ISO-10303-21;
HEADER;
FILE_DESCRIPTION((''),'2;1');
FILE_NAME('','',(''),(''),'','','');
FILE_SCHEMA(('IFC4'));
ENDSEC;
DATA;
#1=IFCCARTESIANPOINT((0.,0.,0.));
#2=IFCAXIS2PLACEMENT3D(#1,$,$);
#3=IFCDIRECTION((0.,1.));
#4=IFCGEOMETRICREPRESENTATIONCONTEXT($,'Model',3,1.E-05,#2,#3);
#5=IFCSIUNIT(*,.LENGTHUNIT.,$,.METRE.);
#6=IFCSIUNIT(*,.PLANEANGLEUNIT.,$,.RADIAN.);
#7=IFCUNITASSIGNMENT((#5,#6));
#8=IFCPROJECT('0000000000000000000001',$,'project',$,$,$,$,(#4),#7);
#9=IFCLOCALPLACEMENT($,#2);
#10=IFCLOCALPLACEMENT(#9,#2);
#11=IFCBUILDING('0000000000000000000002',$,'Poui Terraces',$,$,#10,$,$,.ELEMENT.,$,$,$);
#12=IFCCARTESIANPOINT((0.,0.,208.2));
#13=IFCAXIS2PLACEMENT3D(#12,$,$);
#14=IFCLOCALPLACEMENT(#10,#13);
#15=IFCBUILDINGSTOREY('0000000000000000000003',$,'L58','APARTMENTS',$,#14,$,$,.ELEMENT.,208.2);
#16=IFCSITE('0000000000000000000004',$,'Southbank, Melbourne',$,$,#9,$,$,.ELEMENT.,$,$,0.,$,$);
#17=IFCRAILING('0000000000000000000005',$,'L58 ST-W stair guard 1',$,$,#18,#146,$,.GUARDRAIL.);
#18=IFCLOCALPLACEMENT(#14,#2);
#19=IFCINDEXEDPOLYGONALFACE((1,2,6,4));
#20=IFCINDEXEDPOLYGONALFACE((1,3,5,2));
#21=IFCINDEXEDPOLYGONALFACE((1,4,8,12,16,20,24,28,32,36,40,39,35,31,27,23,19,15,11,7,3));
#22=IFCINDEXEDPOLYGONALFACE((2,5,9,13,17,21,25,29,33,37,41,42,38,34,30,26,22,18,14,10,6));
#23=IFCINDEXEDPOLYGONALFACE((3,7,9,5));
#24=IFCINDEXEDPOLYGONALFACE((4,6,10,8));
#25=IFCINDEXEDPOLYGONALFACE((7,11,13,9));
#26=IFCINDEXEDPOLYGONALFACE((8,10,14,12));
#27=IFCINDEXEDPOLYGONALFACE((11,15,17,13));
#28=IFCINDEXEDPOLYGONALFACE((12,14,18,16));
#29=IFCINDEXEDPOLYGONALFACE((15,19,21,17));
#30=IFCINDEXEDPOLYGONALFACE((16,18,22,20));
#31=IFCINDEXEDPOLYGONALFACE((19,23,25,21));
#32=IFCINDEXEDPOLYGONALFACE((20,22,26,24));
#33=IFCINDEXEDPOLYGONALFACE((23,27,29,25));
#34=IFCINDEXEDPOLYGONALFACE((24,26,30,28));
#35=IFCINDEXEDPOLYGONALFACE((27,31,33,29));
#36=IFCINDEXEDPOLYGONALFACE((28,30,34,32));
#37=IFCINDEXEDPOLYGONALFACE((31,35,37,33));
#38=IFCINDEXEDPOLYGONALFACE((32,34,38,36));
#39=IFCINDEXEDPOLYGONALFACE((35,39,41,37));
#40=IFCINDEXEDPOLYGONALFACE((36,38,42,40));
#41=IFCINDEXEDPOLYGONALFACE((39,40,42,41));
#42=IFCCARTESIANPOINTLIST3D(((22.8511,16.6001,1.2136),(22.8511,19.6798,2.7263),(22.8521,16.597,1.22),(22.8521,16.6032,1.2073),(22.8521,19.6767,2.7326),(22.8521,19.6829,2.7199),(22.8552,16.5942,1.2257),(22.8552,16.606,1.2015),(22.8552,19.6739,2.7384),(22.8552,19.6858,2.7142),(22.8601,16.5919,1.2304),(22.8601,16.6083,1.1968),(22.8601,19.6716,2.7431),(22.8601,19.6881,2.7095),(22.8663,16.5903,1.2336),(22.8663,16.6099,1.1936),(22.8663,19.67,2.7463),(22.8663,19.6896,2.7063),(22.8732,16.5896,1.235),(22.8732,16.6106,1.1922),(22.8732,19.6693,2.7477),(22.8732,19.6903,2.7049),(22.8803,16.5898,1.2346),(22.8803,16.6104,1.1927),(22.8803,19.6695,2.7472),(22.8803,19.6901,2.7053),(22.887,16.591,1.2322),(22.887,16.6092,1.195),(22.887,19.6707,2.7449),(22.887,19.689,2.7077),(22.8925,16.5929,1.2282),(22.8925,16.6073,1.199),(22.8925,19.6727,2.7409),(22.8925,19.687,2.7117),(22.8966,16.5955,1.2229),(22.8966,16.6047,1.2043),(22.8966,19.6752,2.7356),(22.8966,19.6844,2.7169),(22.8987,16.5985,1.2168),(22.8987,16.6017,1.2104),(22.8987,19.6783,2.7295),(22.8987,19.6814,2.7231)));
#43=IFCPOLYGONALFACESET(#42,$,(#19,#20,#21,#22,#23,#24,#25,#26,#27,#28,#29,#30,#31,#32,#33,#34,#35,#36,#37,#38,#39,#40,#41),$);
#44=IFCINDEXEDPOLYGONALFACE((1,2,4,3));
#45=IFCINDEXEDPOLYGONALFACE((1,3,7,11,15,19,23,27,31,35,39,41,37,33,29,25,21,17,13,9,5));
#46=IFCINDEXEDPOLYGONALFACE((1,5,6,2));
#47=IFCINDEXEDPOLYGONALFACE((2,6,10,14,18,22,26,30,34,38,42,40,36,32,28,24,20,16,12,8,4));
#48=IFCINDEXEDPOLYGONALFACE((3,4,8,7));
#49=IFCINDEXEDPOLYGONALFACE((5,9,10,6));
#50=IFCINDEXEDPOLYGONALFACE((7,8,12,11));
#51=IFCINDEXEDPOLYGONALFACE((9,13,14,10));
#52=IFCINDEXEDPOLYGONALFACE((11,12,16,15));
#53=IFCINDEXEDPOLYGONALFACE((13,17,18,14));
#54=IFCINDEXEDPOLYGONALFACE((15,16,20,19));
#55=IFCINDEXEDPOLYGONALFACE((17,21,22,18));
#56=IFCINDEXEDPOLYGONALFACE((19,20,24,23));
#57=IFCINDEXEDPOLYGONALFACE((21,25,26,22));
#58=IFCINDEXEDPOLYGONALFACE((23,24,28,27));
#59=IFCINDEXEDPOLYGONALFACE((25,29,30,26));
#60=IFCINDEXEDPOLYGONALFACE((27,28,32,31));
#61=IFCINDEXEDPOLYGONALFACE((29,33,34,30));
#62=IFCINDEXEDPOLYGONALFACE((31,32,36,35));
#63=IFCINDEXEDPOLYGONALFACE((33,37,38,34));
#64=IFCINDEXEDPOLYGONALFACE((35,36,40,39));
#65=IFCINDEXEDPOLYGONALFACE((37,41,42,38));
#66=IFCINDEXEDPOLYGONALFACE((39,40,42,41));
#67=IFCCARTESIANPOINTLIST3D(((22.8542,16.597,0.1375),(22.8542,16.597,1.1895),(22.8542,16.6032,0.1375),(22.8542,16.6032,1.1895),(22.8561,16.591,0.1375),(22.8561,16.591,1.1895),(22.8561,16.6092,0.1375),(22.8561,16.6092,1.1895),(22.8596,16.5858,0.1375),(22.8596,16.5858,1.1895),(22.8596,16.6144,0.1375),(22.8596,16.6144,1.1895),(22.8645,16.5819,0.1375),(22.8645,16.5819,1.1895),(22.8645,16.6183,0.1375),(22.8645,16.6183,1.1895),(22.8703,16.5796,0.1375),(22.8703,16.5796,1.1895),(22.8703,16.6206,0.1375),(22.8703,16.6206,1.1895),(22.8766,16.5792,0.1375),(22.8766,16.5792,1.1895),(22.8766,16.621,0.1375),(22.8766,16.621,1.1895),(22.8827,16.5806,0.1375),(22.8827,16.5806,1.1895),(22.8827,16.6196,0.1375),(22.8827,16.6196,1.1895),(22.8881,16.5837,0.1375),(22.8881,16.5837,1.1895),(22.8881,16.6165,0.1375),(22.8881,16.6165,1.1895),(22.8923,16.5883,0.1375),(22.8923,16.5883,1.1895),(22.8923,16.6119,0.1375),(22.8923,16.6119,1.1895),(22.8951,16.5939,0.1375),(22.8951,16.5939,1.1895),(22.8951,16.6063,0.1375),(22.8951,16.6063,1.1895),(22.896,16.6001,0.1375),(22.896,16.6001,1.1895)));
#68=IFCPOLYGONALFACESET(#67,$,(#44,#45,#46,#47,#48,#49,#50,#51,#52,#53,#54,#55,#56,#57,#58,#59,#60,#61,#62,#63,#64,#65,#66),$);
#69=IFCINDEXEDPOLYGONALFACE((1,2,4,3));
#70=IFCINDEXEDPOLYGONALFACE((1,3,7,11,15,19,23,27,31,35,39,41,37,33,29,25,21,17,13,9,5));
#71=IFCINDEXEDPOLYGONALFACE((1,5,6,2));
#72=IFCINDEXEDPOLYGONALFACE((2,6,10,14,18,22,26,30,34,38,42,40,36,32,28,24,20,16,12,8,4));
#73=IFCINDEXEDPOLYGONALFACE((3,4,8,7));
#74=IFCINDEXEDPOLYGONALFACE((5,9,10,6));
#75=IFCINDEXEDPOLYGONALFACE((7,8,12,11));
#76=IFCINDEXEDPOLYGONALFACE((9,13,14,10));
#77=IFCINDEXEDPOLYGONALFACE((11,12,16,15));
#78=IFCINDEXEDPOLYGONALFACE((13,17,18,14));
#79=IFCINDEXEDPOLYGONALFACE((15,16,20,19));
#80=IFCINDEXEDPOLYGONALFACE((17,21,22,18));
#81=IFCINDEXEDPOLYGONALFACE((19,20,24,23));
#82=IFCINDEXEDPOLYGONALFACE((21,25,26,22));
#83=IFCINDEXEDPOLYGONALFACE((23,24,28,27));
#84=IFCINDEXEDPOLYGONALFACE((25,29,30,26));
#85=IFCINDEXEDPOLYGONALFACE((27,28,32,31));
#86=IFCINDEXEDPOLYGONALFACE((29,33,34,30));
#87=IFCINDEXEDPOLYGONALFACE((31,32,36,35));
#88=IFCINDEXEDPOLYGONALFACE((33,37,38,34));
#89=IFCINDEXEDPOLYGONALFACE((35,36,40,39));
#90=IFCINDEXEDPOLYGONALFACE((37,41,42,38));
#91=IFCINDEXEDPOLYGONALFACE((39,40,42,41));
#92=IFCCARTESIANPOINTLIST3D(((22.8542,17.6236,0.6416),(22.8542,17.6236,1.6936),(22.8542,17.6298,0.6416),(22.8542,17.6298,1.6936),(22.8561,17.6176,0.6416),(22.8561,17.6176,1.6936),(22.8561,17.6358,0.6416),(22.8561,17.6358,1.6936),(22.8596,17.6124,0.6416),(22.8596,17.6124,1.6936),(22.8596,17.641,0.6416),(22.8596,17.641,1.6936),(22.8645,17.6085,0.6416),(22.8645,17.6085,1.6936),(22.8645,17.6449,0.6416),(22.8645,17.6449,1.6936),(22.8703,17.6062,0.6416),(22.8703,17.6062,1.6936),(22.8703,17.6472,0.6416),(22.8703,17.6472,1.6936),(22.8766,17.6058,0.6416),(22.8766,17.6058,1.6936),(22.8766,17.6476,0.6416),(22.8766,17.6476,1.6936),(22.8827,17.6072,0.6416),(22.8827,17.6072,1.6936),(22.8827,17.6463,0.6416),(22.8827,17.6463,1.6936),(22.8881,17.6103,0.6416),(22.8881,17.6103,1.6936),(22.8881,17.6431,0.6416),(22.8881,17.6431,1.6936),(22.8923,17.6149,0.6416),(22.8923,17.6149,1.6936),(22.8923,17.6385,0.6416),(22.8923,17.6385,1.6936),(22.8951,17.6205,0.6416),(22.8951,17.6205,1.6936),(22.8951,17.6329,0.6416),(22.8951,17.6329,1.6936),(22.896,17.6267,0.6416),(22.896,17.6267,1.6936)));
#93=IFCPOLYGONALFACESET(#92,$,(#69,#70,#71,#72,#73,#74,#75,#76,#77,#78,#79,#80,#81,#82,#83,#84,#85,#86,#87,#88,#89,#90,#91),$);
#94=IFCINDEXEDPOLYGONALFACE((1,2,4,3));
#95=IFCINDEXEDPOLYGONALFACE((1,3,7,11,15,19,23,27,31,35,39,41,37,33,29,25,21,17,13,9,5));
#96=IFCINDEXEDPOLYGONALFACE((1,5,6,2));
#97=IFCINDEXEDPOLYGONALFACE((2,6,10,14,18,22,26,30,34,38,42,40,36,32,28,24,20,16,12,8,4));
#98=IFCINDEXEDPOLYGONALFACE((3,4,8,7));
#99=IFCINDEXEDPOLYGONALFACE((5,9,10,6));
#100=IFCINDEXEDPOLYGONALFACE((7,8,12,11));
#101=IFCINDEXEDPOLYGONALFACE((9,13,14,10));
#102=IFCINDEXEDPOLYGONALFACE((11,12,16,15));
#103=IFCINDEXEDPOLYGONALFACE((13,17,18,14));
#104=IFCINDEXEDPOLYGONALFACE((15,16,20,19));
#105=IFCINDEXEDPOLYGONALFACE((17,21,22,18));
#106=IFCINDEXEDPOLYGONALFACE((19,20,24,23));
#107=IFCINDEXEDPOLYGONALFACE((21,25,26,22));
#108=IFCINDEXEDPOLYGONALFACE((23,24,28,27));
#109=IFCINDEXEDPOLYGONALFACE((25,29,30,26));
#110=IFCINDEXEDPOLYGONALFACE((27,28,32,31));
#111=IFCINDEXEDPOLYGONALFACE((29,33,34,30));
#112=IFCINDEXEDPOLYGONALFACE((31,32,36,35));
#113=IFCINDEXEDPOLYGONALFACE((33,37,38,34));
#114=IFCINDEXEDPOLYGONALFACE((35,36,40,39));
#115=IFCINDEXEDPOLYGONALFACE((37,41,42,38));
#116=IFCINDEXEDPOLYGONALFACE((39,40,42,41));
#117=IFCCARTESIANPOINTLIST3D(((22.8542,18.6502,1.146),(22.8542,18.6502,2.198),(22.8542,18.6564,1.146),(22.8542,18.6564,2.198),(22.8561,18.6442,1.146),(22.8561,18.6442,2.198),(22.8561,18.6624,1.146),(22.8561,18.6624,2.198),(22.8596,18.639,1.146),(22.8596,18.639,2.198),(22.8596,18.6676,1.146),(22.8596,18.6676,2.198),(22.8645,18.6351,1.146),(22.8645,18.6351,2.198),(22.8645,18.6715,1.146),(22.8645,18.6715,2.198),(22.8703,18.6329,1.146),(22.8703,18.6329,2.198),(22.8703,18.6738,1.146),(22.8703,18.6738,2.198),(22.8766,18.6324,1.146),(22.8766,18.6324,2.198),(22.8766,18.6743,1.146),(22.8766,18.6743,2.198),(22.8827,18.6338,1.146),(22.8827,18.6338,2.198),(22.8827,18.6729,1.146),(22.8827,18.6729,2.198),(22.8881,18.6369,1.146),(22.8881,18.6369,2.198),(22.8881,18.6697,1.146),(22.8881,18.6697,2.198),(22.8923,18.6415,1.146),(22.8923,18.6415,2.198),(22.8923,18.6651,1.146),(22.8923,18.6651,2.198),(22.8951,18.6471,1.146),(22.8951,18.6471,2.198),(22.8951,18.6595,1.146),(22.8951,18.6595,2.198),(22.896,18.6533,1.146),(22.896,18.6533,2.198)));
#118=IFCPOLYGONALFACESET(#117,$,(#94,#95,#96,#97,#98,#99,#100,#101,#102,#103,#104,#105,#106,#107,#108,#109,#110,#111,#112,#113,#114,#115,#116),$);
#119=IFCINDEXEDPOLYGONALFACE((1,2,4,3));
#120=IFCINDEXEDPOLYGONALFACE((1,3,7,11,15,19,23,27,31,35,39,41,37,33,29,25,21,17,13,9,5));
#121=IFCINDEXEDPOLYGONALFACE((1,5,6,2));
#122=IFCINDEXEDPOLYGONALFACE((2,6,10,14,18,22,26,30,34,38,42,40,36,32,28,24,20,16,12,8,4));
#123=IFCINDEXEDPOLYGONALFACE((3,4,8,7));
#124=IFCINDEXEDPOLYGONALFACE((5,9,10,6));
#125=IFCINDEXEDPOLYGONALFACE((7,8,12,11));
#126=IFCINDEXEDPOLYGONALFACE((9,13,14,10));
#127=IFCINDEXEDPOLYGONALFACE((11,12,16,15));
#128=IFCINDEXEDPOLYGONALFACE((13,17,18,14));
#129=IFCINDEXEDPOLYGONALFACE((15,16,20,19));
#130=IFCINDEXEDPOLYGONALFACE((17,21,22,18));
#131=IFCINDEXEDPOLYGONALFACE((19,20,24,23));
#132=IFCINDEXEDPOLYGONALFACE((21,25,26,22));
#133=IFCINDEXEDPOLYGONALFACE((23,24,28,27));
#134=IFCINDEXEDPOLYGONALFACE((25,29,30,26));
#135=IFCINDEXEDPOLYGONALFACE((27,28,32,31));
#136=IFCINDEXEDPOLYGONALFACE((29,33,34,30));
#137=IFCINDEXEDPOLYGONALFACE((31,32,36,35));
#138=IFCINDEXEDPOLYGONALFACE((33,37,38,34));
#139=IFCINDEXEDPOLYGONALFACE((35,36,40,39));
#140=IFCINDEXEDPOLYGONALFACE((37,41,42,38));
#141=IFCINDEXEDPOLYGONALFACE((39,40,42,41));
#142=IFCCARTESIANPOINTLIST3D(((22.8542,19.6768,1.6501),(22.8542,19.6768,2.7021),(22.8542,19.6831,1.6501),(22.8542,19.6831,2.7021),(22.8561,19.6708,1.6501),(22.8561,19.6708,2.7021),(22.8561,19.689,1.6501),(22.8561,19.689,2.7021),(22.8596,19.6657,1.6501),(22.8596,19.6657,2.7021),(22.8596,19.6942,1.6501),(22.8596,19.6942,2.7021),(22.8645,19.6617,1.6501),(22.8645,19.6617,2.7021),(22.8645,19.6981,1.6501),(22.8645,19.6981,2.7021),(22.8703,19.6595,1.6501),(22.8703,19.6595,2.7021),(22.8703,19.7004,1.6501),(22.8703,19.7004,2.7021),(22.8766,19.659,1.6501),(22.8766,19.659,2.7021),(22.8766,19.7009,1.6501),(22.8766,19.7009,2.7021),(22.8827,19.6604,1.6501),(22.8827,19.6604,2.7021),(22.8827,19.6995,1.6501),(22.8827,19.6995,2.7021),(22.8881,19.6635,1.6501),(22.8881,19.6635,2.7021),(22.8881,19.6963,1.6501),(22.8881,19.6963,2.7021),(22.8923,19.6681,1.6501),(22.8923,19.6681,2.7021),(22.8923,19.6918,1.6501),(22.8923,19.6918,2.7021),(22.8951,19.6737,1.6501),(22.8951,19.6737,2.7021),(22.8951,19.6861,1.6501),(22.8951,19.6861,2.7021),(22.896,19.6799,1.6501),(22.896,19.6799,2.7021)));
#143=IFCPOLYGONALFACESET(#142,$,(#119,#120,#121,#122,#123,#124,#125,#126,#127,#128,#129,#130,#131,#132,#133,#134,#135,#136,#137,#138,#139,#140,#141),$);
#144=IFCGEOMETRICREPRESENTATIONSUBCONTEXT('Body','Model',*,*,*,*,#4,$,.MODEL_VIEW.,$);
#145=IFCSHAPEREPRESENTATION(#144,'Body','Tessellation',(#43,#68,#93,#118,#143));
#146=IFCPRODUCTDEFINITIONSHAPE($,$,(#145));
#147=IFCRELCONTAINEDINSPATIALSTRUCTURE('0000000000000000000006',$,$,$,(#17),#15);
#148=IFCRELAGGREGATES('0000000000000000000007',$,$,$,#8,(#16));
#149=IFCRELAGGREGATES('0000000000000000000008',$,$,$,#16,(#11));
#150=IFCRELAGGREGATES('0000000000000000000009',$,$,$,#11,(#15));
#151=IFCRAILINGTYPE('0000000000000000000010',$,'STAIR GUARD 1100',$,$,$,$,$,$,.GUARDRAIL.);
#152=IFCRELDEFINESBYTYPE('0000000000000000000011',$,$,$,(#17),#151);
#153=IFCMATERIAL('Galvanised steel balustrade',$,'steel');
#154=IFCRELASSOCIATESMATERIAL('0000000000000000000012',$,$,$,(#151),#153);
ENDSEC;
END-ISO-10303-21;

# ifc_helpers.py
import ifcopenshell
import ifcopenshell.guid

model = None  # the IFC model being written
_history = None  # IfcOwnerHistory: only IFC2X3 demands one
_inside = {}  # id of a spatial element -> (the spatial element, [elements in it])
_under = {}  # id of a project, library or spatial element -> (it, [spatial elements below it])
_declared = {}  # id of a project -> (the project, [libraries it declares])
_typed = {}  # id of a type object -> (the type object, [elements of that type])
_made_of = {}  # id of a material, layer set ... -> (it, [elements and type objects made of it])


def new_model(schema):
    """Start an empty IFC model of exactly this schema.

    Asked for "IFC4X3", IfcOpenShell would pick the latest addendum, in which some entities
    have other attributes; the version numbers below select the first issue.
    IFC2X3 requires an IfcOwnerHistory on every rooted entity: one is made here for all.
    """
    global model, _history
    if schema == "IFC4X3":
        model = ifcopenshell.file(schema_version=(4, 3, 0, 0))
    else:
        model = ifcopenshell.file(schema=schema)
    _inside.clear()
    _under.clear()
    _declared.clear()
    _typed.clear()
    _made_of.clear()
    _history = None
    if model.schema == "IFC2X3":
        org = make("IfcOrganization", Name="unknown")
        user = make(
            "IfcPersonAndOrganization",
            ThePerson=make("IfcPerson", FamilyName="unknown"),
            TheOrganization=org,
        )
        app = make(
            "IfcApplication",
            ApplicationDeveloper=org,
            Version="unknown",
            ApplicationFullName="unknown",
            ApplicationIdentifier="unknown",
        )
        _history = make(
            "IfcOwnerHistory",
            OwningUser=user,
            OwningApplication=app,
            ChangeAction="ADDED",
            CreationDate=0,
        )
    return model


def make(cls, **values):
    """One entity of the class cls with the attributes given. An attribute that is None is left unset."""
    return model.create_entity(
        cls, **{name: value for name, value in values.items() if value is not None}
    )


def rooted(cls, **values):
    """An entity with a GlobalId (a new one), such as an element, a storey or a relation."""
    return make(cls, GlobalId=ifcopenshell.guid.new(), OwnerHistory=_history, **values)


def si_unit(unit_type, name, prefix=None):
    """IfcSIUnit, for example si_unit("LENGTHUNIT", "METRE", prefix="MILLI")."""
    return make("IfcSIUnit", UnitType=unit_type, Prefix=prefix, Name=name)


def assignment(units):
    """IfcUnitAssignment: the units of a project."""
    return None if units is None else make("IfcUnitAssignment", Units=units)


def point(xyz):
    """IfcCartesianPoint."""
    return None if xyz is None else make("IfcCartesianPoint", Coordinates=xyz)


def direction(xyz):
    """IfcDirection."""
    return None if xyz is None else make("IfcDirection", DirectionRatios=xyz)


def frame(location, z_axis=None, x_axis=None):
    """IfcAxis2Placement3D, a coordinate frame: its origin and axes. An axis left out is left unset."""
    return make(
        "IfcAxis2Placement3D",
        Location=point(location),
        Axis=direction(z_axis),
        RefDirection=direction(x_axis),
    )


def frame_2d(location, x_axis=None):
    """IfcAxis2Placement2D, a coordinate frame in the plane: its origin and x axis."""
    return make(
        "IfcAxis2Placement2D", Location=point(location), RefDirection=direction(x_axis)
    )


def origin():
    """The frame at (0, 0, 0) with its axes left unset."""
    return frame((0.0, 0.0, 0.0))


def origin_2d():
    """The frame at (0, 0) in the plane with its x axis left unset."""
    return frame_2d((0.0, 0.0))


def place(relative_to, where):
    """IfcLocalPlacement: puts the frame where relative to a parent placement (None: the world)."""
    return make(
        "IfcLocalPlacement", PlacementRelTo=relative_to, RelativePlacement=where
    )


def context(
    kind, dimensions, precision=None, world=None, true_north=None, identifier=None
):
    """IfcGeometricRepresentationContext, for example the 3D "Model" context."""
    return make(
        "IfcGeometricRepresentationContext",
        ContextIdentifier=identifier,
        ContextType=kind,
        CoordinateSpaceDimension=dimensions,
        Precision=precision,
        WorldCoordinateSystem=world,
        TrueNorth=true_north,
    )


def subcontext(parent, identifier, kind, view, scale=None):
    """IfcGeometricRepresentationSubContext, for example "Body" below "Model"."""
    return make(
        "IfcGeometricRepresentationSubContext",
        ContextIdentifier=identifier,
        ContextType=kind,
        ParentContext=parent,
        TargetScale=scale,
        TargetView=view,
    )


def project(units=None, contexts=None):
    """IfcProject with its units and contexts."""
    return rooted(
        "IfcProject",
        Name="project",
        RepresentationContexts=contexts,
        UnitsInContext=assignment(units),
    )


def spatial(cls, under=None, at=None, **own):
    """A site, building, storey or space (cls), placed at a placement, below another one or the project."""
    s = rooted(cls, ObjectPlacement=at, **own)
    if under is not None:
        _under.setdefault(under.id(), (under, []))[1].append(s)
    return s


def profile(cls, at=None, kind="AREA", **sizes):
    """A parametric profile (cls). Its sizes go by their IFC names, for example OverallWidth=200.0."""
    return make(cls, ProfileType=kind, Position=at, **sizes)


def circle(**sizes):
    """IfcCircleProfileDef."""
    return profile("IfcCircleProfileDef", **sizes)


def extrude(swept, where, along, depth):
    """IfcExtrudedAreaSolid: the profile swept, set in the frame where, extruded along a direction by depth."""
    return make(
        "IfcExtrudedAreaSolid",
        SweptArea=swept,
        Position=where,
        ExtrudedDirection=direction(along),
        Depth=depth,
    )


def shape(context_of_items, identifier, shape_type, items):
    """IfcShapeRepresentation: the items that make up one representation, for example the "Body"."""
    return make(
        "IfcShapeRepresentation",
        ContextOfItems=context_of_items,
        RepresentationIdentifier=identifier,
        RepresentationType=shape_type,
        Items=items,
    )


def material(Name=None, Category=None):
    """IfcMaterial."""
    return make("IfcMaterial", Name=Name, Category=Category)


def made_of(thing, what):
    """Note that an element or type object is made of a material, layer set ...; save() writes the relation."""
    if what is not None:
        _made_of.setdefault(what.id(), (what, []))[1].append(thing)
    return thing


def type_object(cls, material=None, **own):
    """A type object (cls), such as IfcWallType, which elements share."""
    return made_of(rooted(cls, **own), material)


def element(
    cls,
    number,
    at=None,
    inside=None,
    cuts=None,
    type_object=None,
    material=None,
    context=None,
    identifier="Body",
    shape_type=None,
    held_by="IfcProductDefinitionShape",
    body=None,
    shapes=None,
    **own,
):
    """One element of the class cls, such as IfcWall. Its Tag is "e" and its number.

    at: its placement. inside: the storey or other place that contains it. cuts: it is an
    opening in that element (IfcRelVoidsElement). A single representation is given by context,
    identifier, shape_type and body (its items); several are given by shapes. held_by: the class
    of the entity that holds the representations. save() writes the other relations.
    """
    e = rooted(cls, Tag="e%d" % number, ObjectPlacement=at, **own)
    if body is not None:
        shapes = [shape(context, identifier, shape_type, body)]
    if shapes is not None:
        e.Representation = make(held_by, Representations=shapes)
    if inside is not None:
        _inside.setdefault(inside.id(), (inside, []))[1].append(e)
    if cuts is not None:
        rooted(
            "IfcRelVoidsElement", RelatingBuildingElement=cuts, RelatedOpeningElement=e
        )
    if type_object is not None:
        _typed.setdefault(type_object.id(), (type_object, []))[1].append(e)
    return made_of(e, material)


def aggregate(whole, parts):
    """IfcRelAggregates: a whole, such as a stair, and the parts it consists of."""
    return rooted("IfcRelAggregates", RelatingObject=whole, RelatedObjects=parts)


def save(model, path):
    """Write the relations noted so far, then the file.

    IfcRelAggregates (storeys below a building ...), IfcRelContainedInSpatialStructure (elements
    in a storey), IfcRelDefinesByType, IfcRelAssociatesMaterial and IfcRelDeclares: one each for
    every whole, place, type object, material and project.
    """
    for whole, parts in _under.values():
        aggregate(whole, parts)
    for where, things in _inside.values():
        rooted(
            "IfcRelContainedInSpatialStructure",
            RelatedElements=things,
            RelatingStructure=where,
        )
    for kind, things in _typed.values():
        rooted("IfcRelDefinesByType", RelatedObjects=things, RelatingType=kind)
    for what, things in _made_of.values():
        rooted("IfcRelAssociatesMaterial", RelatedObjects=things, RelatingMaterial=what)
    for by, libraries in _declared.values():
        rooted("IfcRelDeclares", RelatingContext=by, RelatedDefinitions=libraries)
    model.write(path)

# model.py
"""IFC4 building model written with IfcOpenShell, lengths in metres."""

from ifc_helpers import new_model, si_unit, direction, frame, origin, origin_2d, place, context, subcontext, project, spatial, circle, extrude, material, type_object, element, save


model = new_model("IFC4")

# Units and contexts
model_context = context("Model", 3, precision=1e-05, world=origin(), true_north=direction((0.0, 1.0)))
body_context = subcontext(model_context, "Body", "Model", "MODEL_VIEW")
ifc_project = project(units=[si_unit("LENGTHUNIT", "METRE"), si_unit("PLANEANGLEUNIT", "RADIAN")], contexts=[model_context])

# Site, building, storey
site_placement = place(None, origin())
site = spatial("IfcSite", under=ifc_project, at=site_placement, Name="Southbank, Melbourne", CompositionType="ELEMENT", RefElevation=0.0)
building_placement = place(site_placement, origin())
building = spatial("IfcBuilding", under=site, at=building_placement, Name="Poui Terraces", CompositionType="ELEMENT")
storey_placement = place(building_placement, frame((0.0, 0.0, 208.2)))
storey = spatial("IfcBuildingStorey", under=building, at=storey_placement, Name="L58", Description="APARTMENTS", CompositionType="ELEMENT", Elevation=208.2)

# Railing
ifc_material_1 = material(Name="Galvanised steel balustrade", Category="steel")
railing_type_1 = type_object("IfcRailingType", Name="STAIR GUARD 1100", PredefinedType="GUARDRAIL", material=ifc_material_1)
railing_1_placement = place(storey_placement, frame((22.875, 16.6001, 0.1375)))
element("IfcRailing", 1, at=railing_1_placement, inside=storey, type_object=railing_type_1, Name="L58 ST-W stair guard 1", PredefinedType="GUARDRAIL", context=body_context, shape_type="SweptSolid", body=[
    extrude(circle(Radius=0.0239, at=origin_2d()), frame((0.0, 0.0, 1.0762), z_axis=(0.0, 0.897578, 0.440856), x_axis=(-1.0, 0.0, 0.0)), (0.0, 0.0, 1.0), 3.4312),
    extrude(circle(Radius=0.021, at=origin_2d()), origin(), (0.0, 0.0, 1.0), 1.052),
    extrude(circle(Radius=0.021, at=origin_2d()), frame((0.0, 1.0266, 0.5042)), (0.0, 0.0, 1.0), 1.052),
    extrude(circle(Radius=0.021, at=origin_2d()), frame((0.0, 2.0532, 1.0085)), (0.0, 0.0, 1.0), 1.052),
    extrude(circle(Radius=0.021, at=origin_2d()), frame((0.0, 3.0798, 1.5127)), (0.0, 0.0, 1.0), 1.052),
])

save(model, "model.ifc")
